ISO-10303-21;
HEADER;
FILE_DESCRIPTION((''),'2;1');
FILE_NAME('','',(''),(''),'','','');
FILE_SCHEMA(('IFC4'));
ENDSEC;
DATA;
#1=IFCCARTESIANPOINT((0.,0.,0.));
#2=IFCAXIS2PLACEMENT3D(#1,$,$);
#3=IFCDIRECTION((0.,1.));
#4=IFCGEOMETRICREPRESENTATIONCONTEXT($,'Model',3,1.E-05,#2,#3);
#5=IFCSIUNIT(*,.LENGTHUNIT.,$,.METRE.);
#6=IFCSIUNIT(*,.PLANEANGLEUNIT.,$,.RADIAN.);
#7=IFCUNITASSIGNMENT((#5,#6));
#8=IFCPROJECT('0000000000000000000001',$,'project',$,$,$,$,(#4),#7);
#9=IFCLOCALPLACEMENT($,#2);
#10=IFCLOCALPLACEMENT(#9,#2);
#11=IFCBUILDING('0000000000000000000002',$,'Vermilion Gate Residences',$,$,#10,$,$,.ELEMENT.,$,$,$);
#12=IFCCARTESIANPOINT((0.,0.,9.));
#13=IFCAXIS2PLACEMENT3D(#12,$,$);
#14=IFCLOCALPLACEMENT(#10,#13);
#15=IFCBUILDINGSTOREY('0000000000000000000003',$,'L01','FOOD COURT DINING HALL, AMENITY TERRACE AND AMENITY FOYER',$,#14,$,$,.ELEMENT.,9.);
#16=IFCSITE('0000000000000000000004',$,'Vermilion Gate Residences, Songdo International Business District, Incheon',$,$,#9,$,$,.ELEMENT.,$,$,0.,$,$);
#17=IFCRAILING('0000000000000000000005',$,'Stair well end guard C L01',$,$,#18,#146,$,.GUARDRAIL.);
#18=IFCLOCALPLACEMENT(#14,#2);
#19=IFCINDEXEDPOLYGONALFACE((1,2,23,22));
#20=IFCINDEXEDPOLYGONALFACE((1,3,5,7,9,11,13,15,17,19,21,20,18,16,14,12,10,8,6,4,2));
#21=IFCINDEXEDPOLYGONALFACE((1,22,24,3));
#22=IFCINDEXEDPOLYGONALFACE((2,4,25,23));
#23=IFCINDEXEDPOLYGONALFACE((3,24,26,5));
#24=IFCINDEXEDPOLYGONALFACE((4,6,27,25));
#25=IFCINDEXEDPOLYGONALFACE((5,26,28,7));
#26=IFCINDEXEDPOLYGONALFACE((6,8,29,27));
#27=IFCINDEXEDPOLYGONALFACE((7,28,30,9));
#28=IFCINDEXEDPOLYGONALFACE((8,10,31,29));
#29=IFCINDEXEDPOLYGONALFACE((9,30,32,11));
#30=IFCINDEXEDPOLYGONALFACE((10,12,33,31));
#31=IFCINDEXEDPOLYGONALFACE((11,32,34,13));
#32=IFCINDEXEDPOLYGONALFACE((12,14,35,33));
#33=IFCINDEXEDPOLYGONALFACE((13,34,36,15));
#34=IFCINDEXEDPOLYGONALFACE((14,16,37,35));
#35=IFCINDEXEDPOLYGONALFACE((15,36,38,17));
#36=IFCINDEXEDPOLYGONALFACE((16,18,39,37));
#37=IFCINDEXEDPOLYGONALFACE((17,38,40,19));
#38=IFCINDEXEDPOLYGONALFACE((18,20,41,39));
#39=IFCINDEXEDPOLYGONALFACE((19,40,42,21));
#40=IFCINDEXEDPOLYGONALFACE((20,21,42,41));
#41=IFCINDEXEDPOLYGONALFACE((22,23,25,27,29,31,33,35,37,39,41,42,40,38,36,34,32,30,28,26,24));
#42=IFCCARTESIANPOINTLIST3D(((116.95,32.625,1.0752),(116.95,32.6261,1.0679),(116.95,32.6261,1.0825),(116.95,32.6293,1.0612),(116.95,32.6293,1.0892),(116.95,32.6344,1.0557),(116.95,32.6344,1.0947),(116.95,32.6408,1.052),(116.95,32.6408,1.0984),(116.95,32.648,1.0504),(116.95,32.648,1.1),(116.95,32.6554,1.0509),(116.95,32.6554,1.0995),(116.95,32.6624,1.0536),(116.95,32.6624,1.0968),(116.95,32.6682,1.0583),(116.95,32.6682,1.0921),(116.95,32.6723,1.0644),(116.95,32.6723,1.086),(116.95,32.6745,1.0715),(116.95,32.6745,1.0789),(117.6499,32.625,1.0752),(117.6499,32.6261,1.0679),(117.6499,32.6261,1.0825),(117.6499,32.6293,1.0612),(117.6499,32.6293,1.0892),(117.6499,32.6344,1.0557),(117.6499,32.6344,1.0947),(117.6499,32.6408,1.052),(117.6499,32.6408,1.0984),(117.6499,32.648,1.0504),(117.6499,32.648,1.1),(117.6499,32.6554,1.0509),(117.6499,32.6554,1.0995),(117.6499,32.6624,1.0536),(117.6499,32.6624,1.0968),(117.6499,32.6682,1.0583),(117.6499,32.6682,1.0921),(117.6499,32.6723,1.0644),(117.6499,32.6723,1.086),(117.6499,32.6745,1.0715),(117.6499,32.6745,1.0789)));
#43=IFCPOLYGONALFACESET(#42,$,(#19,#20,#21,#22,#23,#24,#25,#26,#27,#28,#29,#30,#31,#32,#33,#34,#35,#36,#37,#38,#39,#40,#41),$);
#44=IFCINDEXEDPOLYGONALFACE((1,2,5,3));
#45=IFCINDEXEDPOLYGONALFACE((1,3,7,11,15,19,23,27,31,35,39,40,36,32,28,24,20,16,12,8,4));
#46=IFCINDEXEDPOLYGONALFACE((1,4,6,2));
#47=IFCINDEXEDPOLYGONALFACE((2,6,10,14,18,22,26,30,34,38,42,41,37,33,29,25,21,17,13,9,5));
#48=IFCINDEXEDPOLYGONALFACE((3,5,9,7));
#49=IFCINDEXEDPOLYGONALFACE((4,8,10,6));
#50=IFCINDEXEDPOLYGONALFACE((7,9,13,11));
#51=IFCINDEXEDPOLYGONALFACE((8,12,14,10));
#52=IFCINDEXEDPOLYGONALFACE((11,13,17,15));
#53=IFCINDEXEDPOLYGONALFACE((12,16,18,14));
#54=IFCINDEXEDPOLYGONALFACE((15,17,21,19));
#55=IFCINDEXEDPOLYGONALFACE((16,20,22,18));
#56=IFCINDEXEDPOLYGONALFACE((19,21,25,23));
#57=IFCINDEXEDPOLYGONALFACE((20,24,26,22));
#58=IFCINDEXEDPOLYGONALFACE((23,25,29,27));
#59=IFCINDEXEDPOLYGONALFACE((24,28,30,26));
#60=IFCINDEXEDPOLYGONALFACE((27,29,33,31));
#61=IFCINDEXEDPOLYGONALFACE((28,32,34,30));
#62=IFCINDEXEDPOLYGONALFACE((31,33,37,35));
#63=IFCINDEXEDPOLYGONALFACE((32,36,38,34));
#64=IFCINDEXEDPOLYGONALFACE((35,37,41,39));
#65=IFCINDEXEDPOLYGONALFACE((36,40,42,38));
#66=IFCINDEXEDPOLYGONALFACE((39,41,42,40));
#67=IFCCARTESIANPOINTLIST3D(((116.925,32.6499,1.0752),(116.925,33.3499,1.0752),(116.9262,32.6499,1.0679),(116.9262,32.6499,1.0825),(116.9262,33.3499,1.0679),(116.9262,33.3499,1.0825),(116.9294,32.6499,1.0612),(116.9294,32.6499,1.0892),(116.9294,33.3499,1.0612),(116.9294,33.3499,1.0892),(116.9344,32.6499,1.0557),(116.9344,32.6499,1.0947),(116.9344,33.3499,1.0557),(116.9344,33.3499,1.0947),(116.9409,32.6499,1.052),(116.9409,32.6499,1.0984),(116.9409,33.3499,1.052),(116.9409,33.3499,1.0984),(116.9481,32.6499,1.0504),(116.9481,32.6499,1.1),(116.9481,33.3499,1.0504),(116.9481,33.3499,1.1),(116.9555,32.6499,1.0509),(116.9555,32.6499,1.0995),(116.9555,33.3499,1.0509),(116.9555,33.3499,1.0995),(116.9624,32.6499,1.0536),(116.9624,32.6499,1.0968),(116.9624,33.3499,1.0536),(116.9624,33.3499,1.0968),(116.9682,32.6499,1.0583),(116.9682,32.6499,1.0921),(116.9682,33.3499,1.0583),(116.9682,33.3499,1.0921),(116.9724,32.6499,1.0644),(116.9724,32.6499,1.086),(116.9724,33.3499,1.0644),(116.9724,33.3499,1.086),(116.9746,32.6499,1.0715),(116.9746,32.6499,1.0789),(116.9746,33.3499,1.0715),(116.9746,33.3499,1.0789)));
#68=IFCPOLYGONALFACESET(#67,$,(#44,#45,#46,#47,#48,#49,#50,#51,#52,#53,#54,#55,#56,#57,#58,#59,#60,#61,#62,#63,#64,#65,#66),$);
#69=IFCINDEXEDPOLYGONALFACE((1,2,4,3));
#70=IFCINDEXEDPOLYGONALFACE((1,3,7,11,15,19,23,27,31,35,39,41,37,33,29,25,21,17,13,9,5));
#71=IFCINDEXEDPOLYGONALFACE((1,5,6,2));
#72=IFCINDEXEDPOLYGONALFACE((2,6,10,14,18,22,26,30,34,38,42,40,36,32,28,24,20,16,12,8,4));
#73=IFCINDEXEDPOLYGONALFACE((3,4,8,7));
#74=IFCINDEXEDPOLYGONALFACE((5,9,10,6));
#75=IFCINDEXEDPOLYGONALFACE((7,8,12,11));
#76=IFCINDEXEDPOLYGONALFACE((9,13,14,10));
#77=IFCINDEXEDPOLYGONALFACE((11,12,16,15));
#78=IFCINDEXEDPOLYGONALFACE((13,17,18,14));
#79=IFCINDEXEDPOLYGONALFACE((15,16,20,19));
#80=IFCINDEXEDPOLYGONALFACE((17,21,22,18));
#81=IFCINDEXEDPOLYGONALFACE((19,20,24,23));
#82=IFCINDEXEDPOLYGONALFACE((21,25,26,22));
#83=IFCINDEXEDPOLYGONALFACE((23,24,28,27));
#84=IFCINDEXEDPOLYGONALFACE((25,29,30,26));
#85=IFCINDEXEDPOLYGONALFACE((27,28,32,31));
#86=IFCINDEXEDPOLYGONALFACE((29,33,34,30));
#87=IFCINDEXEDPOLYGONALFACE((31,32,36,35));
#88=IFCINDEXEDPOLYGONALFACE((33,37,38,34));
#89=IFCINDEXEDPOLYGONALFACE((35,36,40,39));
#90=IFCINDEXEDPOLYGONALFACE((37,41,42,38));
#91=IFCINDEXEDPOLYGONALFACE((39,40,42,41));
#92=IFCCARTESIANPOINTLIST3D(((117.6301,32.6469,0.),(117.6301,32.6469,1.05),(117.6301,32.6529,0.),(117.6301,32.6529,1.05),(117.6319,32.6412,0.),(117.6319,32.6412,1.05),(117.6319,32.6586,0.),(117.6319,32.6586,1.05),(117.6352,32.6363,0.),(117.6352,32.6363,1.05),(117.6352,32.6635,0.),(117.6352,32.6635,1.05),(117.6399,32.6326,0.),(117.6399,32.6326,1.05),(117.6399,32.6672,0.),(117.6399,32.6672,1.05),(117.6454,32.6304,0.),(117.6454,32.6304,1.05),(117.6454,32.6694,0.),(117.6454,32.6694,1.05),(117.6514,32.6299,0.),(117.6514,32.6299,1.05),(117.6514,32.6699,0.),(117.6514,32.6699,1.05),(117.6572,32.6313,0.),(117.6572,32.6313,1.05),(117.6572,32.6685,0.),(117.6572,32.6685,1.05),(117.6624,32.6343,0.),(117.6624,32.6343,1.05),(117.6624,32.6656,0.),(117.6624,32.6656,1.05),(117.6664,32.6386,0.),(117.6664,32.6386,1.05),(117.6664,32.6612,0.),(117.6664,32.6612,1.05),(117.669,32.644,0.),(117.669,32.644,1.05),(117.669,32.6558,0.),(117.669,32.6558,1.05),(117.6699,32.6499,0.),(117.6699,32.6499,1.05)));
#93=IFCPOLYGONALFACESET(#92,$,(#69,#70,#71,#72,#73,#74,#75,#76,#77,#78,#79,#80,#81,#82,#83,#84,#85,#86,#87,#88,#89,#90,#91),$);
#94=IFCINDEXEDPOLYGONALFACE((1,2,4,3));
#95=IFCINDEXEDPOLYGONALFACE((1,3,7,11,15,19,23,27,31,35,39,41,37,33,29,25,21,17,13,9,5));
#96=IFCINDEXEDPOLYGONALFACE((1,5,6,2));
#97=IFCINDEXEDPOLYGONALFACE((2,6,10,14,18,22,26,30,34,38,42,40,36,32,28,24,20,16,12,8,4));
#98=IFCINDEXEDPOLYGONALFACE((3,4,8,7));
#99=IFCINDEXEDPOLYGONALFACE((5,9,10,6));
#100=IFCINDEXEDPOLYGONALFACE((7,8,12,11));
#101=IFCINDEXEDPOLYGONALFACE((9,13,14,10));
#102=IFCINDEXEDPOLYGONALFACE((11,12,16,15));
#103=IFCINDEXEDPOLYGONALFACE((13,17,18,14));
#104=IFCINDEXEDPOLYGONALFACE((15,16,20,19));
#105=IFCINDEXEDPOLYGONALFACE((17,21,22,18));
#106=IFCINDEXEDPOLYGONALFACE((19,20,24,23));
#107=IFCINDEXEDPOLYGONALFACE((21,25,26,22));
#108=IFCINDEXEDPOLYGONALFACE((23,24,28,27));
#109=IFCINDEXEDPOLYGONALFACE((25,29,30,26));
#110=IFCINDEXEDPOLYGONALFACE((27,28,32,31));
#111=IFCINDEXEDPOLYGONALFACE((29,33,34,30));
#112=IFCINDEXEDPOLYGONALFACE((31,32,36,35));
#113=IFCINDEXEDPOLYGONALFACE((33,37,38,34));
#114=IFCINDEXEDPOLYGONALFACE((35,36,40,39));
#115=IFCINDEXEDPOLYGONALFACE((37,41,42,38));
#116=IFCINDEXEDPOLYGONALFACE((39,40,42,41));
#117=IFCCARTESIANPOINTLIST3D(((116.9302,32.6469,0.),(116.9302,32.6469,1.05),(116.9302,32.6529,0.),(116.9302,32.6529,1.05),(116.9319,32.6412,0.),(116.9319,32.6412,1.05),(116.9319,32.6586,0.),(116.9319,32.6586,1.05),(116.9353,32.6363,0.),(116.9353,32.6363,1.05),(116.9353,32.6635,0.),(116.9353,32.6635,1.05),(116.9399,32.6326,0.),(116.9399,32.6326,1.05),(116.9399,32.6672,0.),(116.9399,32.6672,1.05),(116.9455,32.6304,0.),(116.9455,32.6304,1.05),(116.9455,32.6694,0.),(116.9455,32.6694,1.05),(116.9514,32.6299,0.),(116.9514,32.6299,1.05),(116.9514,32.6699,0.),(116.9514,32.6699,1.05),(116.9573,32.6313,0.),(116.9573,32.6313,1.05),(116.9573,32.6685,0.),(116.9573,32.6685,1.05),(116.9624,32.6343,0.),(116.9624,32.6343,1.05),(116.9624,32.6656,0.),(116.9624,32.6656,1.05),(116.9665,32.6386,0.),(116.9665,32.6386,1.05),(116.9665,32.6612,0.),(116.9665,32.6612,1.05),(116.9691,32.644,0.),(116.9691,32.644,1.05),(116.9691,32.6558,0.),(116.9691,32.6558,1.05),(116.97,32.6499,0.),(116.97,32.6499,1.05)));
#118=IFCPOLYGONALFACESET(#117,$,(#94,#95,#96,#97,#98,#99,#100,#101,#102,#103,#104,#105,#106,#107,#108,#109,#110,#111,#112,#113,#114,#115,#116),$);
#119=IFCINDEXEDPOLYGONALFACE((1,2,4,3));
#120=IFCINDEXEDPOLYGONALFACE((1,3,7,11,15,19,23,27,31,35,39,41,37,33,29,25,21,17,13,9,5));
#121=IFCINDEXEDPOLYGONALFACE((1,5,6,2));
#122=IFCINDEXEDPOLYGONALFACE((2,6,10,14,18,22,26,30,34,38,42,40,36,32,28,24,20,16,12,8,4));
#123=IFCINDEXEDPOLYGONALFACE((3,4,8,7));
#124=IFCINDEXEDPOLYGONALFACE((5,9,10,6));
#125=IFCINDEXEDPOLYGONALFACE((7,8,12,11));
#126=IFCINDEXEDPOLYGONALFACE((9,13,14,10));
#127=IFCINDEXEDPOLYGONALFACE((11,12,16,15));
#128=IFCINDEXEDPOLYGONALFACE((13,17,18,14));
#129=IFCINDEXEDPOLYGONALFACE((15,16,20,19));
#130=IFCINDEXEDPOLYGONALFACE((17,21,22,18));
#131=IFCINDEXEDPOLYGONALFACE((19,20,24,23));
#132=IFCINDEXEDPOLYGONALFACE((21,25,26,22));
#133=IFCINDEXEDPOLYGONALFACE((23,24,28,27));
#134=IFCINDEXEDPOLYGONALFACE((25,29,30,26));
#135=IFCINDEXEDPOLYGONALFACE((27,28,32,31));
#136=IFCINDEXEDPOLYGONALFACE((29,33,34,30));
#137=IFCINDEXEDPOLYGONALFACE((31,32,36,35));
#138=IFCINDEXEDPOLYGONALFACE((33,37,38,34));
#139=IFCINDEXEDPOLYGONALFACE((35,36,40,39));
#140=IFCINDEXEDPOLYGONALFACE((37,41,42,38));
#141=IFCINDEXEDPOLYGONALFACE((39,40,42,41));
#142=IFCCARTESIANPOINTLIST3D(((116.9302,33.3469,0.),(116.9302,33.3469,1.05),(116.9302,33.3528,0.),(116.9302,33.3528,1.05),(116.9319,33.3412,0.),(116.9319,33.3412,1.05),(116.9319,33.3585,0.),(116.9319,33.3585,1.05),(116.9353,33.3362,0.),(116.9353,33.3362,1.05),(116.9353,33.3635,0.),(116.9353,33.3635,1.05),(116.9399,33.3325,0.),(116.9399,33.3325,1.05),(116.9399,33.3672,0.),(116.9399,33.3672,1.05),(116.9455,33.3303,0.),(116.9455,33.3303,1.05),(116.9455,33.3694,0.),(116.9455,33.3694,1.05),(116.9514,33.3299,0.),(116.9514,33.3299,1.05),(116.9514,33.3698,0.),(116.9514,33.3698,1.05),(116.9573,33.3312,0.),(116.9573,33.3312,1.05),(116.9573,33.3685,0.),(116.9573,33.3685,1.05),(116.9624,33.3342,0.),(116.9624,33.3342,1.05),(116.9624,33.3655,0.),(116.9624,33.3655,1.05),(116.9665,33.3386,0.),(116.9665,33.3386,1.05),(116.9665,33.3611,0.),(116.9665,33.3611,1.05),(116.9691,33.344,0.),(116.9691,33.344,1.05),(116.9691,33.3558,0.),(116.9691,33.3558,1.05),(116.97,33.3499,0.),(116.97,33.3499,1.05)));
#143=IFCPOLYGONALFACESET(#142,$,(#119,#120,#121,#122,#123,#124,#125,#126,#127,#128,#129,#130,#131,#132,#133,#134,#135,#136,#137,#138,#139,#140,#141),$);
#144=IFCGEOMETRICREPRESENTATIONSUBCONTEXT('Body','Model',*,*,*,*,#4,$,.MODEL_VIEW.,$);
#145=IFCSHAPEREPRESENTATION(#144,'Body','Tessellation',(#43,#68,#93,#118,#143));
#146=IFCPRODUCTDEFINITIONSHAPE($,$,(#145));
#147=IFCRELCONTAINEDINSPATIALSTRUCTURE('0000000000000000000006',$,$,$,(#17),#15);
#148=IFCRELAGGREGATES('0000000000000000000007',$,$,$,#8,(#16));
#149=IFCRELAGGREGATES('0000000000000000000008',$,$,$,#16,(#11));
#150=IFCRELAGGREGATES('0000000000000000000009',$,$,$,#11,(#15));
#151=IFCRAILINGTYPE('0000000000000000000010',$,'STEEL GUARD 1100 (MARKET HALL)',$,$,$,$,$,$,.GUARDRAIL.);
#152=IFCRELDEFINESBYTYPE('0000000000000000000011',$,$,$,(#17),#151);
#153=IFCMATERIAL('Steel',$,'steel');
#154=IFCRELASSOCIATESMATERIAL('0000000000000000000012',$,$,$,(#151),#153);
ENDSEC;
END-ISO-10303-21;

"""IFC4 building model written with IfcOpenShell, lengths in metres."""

from ifc_helpers import new_model, si_unit, direction, frame, origin, origin_2d, place, context, subcontext, project, spatial, circle, extrude, material, type_object, element, save


model = new_model("IFC4")

# Units and contexts
model_context = context("Model", 3, precision=1e-05, world=origin(), true_north=direction((0.0, 1.0)))
body_context = subcontext(model_context, "Body", "Model", "MODEL_VIEW")
ifc_project = project(units=[si_unit("LENGTHUNIT", "METRE"), si_unit("PLANEANGLEUNIT", "RADIAN")], contexts=[model_context])

# Site, building, storey
site_placement = place(None, origin())
site = spatial("IfcSite", under=ifc_project, at=site_placement, Name="Vermilion Gate Residences, Songdo International Business District, Incheon", CompositionType="ELEMENT", RefElevation=0.0)
building_placement = place(site_placement, origin())
building = spatial("IfcBuilding", under=site, at=building_placement, Name="Vermilion Gate Residences", CompositionType="ELEMENT")
storey_placement = place(building_placement, frame((0.0, 0.0, 9.0)))
storey = spatial("IfcBuildingStorey", under=building, at=storey_placement, Name="L01", Description="FOOD COURT DINING HALL, AMENITY TERRACE AND AMENITY FOYER", CompositionType="ELEMENT", Elevation=9.0)

# Railing
ifc_material_1 = material(Name="Steel", Category="steel")
railing_type_1 = type_object("IfcRailingType", Name="STEEL GUARD 1100 (MARKET HALL)", PredefinedType="GUARDRAIL", material=ifc_material_1)
railing_placement = place(storey_placement, frame((117.6499, 32.6499, 0.0)))
element("IfcRailing", 1, at=railing_placement, inside=storey, type_object=railing_type_1, Name="Stair well end guard C L01", PredefinedType="GUARDRAIL", context=body_context, shape_type="SweptSolid", body=[
    extrude(circle(Radius=0.0249, at=origin_2d()), frame((0.0, 0.0, 1.0752), z_axis=(-1.0, 0.0, 0.0), x_axis=(0.0, -1.0, 0.0)), (0.0, 0.0, 1.0), 0.7),
    extrude(circle(Radius=0.0249, at=origin_2d()), frame((-0.7, 0.0, 1.0752), z_axis=(0.0, 1.0, 0.0), x_axis=(-1.0, 0.0, 0.0)), (0.0, 0.0, 1.0), 0.7),
    extrude(circle(Radius=0.02, at=origin_2d()), origin(), (0.0, 0.0, 1.0), 1.05),
    extrude(circle(Radius=0.02, at=origin_2d()), frame((-0.7, 0.0, 0.0)), (0.0, 0.0, 1.0), 1.05),
    extrude(circle(Radius=0.02, at=origin_2d()), frame((-0.7, 0.7, 0.0)), (0.0, 0.0, 1.0), 1.05),
])

save(model, "model.ifc")
